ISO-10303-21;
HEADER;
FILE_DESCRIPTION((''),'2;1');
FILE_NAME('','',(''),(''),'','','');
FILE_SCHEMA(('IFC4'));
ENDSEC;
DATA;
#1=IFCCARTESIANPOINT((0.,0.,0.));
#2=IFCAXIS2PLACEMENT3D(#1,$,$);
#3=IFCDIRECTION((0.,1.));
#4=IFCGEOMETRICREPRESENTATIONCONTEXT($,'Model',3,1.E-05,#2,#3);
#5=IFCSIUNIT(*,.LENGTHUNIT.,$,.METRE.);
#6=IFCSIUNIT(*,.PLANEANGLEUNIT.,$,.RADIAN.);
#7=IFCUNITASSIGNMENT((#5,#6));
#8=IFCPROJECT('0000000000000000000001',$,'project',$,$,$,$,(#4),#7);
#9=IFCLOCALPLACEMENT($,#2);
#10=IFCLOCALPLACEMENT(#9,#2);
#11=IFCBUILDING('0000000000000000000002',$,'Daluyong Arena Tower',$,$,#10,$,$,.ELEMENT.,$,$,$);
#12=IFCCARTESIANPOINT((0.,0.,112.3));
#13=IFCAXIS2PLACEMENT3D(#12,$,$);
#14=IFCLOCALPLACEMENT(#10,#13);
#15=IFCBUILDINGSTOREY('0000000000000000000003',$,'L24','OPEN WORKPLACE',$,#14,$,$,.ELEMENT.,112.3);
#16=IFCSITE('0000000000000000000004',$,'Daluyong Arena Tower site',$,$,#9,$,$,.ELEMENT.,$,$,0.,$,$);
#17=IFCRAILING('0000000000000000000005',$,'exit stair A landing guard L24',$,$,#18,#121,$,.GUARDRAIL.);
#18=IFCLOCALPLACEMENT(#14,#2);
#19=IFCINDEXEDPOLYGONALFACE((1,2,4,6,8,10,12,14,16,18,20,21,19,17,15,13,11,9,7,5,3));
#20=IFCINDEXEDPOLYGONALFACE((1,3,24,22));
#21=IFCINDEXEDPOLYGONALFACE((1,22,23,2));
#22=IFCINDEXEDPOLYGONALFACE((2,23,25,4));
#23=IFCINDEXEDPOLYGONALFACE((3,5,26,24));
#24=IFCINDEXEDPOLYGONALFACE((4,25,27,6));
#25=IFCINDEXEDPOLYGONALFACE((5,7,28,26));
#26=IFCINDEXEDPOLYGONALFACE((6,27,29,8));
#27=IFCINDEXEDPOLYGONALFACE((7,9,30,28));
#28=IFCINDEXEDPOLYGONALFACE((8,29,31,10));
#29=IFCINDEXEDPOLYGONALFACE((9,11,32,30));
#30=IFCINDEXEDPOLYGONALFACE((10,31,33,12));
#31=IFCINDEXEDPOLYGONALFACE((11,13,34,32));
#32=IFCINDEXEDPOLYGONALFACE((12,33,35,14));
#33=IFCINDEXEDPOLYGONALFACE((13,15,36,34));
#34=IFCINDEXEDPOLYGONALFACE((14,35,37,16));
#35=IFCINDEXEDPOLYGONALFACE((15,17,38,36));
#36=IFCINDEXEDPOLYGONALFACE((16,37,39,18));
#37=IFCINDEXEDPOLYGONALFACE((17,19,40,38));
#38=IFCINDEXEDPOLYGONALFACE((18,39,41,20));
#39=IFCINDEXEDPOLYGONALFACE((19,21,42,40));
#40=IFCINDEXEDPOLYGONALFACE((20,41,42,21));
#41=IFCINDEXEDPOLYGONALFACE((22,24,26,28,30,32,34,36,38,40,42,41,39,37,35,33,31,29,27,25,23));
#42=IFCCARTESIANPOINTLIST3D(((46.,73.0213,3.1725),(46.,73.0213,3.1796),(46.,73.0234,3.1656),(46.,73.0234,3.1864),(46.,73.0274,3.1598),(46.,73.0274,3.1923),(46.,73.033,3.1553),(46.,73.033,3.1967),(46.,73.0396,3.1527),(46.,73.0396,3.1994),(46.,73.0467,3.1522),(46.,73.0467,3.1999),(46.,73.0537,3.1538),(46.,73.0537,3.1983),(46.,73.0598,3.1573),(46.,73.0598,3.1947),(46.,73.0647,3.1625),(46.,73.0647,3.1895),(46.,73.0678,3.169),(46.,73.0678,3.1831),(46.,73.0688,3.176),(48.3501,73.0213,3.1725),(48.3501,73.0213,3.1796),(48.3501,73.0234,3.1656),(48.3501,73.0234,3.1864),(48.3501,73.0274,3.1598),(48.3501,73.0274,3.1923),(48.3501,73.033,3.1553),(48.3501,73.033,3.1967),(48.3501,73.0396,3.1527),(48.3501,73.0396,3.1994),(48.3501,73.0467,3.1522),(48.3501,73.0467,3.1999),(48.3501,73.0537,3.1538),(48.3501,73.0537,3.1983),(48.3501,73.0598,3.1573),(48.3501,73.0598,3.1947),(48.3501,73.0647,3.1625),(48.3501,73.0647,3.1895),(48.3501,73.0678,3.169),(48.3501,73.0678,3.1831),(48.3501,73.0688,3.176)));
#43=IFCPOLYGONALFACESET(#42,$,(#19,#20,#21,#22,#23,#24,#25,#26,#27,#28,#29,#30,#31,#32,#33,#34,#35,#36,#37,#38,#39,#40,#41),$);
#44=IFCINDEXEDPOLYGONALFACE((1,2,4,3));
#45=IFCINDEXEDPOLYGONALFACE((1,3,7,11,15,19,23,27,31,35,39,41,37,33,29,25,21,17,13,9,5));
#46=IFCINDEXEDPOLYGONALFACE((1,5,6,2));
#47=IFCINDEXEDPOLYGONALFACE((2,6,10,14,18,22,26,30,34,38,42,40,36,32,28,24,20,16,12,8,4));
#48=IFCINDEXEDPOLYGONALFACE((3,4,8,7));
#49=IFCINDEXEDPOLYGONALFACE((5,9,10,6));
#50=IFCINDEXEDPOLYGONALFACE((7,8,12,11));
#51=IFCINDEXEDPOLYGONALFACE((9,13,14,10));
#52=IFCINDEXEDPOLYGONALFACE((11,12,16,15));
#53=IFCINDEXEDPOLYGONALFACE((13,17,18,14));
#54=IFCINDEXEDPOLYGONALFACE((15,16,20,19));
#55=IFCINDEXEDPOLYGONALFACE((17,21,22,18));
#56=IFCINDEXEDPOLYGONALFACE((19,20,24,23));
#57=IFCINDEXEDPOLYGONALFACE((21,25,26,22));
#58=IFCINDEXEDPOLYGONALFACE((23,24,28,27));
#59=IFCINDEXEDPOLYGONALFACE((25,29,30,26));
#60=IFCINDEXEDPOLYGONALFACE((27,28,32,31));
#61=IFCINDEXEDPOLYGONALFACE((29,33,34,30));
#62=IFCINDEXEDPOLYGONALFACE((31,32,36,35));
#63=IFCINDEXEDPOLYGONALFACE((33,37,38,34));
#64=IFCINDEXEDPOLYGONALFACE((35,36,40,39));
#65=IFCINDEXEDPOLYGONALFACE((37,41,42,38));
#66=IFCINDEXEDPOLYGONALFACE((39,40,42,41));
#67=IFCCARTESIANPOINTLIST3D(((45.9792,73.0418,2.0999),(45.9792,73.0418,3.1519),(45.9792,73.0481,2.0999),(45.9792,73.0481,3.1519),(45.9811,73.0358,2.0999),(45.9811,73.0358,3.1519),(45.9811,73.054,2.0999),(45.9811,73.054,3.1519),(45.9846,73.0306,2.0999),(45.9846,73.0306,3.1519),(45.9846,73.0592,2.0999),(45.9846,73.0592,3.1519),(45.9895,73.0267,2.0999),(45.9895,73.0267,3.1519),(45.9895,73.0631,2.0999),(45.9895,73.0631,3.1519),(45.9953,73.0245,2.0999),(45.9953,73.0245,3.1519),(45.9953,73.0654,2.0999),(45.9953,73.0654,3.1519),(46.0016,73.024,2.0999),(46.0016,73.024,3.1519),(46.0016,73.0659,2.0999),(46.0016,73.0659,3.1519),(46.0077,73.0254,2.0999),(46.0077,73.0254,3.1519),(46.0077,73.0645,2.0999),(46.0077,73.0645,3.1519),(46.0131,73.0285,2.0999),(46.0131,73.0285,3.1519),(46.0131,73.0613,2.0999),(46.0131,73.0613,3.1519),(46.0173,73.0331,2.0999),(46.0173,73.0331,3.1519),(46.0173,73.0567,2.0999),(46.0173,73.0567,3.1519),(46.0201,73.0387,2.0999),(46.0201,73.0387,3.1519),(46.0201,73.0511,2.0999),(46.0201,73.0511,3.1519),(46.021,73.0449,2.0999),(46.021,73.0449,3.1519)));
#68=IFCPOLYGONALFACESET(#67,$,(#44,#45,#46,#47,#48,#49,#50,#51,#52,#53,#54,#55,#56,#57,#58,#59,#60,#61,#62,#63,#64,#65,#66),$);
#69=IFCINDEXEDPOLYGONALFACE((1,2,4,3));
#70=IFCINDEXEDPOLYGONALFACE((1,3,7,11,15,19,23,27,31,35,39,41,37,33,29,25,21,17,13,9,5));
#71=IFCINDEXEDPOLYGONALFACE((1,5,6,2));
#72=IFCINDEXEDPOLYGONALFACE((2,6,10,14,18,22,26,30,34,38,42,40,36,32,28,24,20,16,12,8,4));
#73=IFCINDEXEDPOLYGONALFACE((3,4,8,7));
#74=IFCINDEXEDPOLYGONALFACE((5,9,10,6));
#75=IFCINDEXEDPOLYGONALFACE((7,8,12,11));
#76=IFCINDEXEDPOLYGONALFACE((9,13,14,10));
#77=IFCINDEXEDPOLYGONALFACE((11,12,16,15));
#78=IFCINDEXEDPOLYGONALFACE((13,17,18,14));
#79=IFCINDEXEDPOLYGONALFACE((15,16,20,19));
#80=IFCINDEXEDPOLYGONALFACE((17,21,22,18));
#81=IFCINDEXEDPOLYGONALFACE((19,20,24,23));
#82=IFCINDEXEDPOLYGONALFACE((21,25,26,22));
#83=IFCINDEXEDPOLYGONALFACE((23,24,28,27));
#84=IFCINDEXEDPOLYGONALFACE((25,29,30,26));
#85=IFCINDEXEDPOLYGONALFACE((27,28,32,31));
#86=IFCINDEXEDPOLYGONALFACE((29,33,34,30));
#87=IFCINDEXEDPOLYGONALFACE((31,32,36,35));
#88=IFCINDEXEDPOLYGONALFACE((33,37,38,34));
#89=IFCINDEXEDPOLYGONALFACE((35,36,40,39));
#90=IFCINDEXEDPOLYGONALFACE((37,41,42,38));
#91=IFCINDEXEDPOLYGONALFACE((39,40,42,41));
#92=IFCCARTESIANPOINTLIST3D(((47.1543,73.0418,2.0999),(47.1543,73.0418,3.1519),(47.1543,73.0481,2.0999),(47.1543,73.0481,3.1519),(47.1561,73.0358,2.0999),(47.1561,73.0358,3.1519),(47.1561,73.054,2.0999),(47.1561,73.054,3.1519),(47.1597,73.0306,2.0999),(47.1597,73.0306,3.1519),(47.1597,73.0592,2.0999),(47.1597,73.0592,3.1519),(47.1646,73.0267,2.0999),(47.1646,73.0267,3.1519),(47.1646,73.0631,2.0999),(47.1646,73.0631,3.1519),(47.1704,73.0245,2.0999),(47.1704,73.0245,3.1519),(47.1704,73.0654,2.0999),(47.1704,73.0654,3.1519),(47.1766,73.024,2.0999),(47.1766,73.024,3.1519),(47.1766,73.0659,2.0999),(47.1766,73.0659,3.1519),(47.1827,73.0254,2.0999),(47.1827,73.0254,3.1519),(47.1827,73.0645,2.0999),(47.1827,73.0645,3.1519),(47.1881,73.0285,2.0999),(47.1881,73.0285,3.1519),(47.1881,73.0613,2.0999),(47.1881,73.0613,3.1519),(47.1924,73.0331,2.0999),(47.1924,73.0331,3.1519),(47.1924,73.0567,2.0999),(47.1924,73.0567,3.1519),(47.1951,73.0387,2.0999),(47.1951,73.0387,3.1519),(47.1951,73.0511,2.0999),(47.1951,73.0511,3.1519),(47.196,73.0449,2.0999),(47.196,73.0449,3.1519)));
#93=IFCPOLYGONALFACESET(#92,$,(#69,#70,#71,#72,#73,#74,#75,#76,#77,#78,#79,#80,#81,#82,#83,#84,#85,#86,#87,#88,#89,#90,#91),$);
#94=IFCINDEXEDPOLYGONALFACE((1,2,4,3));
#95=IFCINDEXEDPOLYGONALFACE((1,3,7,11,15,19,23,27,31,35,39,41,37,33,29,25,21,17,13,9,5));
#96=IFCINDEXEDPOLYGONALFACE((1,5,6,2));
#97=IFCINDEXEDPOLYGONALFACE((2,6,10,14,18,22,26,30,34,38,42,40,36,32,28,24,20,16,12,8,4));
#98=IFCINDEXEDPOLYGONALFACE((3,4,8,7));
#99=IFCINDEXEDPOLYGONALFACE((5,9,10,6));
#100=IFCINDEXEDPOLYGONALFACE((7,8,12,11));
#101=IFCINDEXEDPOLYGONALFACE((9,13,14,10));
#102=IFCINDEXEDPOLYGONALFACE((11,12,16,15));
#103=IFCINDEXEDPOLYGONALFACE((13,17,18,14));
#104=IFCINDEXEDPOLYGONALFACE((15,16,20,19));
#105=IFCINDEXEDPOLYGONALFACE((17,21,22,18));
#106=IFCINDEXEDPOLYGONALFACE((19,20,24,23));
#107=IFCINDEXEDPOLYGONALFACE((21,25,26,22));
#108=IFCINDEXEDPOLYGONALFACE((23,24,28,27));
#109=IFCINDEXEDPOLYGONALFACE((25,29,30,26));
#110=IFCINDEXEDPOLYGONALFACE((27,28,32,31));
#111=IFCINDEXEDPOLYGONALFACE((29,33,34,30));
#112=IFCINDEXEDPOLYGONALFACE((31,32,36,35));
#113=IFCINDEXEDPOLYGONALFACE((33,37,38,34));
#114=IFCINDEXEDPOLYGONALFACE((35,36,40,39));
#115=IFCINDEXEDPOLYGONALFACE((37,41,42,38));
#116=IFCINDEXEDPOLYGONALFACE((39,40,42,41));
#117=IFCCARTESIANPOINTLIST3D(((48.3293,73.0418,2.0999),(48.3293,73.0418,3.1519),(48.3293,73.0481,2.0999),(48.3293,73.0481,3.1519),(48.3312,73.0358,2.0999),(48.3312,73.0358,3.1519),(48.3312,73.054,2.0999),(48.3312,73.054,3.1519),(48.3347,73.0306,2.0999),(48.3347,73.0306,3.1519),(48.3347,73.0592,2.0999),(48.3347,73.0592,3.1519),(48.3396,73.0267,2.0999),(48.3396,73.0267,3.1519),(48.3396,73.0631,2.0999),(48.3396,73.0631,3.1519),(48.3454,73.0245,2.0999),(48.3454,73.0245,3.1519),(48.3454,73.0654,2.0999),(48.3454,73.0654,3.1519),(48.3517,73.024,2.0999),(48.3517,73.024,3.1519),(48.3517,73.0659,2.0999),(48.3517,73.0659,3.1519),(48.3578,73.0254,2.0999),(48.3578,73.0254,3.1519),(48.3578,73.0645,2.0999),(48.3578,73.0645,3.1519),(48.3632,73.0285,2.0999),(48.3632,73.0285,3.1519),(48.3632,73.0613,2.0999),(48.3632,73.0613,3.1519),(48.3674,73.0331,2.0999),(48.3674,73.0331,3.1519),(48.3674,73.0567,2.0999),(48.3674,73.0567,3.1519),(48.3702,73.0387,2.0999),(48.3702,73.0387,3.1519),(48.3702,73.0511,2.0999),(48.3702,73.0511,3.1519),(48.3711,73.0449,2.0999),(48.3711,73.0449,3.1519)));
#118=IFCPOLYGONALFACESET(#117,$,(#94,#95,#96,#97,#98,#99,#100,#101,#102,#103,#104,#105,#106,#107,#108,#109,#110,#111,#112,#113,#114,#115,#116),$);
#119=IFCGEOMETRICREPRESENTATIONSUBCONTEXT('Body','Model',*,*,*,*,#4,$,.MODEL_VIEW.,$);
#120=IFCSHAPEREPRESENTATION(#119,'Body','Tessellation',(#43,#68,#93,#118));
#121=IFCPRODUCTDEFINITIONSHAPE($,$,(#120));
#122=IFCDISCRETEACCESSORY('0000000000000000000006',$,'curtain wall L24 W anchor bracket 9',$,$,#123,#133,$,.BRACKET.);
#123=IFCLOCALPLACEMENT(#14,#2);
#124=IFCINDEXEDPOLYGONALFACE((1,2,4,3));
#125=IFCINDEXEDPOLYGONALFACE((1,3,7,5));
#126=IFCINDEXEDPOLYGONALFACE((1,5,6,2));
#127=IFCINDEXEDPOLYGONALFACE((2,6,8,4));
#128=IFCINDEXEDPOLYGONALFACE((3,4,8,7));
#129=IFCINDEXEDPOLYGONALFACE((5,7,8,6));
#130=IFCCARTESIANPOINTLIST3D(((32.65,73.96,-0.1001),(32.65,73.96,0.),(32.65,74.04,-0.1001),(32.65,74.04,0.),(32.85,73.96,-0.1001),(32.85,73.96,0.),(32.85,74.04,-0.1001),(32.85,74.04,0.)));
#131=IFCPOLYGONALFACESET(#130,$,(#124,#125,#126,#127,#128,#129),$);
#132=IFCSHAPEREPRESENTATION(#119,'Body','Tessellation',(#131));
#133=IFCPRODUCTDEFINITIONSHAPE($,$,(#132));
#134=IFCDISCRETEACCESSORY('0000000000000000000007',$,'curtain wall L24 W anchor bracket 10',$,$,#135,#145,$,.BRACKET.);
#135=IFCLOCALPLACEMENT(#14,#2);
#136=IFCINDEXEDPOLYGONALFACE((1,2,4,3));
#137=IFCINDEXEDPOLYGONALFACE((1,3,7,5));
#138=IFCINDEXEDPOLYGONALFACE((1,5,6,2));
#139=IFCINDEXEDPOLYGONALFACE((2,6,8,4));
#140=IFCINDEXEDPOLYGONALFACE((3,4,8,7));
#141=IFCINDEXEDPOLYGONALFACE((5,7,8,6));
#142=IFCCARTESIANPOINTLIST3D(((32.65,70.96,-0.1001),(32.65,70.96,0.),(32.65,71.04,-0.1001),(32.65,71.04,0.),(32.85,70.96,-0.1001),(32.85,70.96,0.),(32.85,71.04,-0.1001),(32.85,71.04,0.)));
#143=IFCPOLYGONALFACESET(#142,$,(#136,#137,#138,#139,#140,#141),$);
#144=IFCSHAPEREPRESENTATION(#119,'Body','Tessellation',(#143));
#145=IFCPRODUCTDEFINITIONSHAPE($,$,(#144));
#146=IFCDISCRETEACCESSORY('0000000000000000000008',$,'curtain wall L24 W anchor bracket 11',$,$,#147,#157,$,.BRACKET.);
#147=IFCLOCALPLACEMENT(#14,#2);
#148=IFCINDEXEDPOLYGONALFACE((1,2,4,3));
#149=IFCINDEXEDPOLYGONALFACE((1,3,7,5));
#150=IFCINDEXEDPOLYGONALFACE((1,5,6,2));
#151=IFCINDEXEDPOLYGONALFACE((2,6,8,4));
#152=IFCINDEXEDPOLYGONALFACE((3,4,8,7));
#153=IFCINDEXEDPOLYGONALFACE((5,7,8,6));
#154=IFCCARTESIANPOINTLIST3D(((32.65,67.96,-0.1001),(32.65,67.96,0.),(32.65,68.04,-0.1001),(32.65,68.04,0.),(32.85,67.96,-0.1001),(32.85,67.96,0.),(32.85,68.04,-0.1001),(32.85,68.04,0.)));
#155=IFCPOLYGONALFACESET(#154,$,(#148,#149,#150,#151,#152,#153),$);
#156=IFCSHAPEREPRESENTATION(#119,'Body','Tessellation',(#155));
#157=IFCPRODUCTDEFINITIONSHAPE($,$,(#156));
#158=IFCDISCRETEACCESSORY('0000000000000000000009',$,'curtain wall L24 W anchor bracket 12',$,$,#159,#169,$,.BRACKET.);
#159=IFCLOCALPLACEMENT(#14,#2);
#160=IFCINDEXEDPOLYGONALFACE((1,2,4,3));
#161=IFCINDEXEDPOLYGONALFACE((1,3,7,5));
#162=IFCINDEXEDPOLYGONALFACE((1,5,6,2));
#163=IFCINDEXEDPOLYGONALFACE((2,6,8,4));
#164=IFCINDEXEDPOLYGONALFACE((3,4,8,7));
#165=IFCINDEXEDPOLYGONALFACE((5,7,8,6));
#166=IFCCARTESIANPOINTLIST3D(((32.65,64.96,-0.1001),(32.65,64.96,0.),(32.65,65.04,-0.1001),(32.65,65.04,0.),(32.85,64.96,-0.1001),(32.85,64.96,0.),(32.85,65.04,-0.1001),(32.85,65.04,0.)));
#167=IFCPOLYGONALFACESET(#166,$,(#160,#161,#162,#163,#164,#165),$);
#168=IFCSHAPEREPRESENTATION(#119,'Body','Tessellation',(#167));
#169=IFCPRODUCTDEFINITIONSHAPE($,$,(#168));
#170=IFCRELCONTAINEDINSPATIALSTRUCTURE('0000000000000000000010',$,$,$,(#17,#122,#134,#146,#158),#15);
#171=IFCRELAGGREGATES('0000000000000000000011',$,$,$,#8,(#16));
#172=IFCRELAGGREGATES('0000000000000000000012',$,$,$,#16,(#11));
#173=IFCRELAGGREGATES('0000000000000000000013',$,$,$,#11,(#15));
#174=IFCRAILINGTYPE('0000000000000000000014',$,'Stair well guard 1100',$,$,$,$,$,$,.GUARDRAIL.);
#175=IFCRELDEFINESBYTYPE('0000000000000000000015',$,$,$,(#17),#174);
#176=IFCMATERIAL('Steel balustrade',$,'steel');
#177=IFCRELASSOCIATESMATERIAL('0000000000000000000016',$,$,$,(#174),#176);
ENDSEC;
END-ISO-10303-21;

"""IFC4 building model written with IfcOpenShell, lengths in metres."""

from ifc_helpers import new_model, si_unit, direction, frame, origin, origin_2d, place, context, subcontext, project, spatial, rectangle, circle, extrude, material, type_object, element, save


model = new_model("IFC4")

# Units and contexts
model_context = context("Model", 3, precision=1e-05, world=origin(), true_north=direction((0.0, 1.0)))
body_context = subcontext(model_context, "Body", "Model", "MODEL_VIEW")
ifc_project = project(units=[si_unit("LENGTHUNIT", "METRE"), si_unit("PLANEANGLEUNIT", "RADIAN")], contexts=[model_context])

# Site, building, storey
site_placement = place(None, origin())
site = spatial("IfcSite", under=ifc_project, at=site_placement, Name="Daluyong Arena Tower site", CompositionType="ELEMENT", RefElevation=0.0)
building_placement = place(site_placement, origin())
building = spatial("IfcBuilding", under=site, at=building_placement, Name="Daluyong Arena Tower", CompositionType="ELEMENT")
storey_placement = place(building_placement, frame((0.0, 0.0, 112.3)))
storey = spatial("IfcBuildingStorey", under=building, at=storey_placement, Name="L24", Description="OPEN WORKPLACE", CompositionType="ELEMENT", Elevation=112.3)

# Railing
ifc_material_1 = material(Name="Steel balustrade", Category="steel")
railing_type_1 = type_object("IfcRailingType", Name="Stair well guard 1100", PredefinedType="GUARDRAIL", material=ifc_material_1)
railing_1_placement = place(storey_placement, frame((46.0, 73.0449, 2.0999)))
element("IfcRailing", 1, at=railing_1_placement, inside=storey, type_object=railing_type_1, Name="exit stair A landing guard L24", PredefinedType="GUARDRAIL", context=body_context, shape_type="SweptSolid", body=[
    extrude(circle(Radius=0.0239, at=origin_2d()), frame((0.0, 0.0, 1.0762), z_axis=(1.0, 0.0, 0.0), x_axis=(0.0, 1.0, 0.0)), (0.0, 0.0, 1.0), 2.3501),
    extrude(circle(Radius=0.021, at=origin_2d()), origin(), (0.0, 0.0, 1.0), 1.052),
    extrude(circle(Radius=0.021, at=origin_2d()), frame((1.175, 0.0, 0.0)), (0.0, 0.0, 1.0), 1.052),
    extrude(circle(Radius=0.021, at=origin_2d()), frame((2.3501, 0.0, 0.0)), (0.0, 0.0, 1.0), 1.052),
])

# Discrete accessories
for number, where, z_axis, x_axis, name in (
    (2, (32.75, 74.0, -0.1001), (0.0, 0.0, 1.0), (0.0, -1.0, 0.0), "curtain wall L24 W anchor bracket 9"),
    (3, (32.75, 71.0, -0.1001), (0.0, 0.0, 1.0), (0.0, -1.0, 0.0), "curtain wall L24 W anchor bracket 10"),
    (4, (32.75, 68.0, -0.1001), (0.0, 0.0, 1.0), (0.0, -1.0, 0.0), "curtain wall L24 W anchor bracket 11"),
    (5, (32.75, 65.0, -0.1001), (0.0, 0.0, 1.0), (0.0, -1.0, 0.0), "curtain wall L24 W anchor bracket 12"),
):
    element("IfcDiscreteAccessory", number, at=place(storey_placement, frame(where, z_axis=z_axis, x_axis=x_axis)), inside=storey, Name=name, PredefinedType="BRACKET", context=body_context, shape_type="SweptSolid", body=[
        extrude(rectangle(XDim=0.0801, YDim=0.2, at=origin_2d()), origin(), (0.0, 0.0, 1.0), 0.1001),
    ])

save(model, "model.ifc")
